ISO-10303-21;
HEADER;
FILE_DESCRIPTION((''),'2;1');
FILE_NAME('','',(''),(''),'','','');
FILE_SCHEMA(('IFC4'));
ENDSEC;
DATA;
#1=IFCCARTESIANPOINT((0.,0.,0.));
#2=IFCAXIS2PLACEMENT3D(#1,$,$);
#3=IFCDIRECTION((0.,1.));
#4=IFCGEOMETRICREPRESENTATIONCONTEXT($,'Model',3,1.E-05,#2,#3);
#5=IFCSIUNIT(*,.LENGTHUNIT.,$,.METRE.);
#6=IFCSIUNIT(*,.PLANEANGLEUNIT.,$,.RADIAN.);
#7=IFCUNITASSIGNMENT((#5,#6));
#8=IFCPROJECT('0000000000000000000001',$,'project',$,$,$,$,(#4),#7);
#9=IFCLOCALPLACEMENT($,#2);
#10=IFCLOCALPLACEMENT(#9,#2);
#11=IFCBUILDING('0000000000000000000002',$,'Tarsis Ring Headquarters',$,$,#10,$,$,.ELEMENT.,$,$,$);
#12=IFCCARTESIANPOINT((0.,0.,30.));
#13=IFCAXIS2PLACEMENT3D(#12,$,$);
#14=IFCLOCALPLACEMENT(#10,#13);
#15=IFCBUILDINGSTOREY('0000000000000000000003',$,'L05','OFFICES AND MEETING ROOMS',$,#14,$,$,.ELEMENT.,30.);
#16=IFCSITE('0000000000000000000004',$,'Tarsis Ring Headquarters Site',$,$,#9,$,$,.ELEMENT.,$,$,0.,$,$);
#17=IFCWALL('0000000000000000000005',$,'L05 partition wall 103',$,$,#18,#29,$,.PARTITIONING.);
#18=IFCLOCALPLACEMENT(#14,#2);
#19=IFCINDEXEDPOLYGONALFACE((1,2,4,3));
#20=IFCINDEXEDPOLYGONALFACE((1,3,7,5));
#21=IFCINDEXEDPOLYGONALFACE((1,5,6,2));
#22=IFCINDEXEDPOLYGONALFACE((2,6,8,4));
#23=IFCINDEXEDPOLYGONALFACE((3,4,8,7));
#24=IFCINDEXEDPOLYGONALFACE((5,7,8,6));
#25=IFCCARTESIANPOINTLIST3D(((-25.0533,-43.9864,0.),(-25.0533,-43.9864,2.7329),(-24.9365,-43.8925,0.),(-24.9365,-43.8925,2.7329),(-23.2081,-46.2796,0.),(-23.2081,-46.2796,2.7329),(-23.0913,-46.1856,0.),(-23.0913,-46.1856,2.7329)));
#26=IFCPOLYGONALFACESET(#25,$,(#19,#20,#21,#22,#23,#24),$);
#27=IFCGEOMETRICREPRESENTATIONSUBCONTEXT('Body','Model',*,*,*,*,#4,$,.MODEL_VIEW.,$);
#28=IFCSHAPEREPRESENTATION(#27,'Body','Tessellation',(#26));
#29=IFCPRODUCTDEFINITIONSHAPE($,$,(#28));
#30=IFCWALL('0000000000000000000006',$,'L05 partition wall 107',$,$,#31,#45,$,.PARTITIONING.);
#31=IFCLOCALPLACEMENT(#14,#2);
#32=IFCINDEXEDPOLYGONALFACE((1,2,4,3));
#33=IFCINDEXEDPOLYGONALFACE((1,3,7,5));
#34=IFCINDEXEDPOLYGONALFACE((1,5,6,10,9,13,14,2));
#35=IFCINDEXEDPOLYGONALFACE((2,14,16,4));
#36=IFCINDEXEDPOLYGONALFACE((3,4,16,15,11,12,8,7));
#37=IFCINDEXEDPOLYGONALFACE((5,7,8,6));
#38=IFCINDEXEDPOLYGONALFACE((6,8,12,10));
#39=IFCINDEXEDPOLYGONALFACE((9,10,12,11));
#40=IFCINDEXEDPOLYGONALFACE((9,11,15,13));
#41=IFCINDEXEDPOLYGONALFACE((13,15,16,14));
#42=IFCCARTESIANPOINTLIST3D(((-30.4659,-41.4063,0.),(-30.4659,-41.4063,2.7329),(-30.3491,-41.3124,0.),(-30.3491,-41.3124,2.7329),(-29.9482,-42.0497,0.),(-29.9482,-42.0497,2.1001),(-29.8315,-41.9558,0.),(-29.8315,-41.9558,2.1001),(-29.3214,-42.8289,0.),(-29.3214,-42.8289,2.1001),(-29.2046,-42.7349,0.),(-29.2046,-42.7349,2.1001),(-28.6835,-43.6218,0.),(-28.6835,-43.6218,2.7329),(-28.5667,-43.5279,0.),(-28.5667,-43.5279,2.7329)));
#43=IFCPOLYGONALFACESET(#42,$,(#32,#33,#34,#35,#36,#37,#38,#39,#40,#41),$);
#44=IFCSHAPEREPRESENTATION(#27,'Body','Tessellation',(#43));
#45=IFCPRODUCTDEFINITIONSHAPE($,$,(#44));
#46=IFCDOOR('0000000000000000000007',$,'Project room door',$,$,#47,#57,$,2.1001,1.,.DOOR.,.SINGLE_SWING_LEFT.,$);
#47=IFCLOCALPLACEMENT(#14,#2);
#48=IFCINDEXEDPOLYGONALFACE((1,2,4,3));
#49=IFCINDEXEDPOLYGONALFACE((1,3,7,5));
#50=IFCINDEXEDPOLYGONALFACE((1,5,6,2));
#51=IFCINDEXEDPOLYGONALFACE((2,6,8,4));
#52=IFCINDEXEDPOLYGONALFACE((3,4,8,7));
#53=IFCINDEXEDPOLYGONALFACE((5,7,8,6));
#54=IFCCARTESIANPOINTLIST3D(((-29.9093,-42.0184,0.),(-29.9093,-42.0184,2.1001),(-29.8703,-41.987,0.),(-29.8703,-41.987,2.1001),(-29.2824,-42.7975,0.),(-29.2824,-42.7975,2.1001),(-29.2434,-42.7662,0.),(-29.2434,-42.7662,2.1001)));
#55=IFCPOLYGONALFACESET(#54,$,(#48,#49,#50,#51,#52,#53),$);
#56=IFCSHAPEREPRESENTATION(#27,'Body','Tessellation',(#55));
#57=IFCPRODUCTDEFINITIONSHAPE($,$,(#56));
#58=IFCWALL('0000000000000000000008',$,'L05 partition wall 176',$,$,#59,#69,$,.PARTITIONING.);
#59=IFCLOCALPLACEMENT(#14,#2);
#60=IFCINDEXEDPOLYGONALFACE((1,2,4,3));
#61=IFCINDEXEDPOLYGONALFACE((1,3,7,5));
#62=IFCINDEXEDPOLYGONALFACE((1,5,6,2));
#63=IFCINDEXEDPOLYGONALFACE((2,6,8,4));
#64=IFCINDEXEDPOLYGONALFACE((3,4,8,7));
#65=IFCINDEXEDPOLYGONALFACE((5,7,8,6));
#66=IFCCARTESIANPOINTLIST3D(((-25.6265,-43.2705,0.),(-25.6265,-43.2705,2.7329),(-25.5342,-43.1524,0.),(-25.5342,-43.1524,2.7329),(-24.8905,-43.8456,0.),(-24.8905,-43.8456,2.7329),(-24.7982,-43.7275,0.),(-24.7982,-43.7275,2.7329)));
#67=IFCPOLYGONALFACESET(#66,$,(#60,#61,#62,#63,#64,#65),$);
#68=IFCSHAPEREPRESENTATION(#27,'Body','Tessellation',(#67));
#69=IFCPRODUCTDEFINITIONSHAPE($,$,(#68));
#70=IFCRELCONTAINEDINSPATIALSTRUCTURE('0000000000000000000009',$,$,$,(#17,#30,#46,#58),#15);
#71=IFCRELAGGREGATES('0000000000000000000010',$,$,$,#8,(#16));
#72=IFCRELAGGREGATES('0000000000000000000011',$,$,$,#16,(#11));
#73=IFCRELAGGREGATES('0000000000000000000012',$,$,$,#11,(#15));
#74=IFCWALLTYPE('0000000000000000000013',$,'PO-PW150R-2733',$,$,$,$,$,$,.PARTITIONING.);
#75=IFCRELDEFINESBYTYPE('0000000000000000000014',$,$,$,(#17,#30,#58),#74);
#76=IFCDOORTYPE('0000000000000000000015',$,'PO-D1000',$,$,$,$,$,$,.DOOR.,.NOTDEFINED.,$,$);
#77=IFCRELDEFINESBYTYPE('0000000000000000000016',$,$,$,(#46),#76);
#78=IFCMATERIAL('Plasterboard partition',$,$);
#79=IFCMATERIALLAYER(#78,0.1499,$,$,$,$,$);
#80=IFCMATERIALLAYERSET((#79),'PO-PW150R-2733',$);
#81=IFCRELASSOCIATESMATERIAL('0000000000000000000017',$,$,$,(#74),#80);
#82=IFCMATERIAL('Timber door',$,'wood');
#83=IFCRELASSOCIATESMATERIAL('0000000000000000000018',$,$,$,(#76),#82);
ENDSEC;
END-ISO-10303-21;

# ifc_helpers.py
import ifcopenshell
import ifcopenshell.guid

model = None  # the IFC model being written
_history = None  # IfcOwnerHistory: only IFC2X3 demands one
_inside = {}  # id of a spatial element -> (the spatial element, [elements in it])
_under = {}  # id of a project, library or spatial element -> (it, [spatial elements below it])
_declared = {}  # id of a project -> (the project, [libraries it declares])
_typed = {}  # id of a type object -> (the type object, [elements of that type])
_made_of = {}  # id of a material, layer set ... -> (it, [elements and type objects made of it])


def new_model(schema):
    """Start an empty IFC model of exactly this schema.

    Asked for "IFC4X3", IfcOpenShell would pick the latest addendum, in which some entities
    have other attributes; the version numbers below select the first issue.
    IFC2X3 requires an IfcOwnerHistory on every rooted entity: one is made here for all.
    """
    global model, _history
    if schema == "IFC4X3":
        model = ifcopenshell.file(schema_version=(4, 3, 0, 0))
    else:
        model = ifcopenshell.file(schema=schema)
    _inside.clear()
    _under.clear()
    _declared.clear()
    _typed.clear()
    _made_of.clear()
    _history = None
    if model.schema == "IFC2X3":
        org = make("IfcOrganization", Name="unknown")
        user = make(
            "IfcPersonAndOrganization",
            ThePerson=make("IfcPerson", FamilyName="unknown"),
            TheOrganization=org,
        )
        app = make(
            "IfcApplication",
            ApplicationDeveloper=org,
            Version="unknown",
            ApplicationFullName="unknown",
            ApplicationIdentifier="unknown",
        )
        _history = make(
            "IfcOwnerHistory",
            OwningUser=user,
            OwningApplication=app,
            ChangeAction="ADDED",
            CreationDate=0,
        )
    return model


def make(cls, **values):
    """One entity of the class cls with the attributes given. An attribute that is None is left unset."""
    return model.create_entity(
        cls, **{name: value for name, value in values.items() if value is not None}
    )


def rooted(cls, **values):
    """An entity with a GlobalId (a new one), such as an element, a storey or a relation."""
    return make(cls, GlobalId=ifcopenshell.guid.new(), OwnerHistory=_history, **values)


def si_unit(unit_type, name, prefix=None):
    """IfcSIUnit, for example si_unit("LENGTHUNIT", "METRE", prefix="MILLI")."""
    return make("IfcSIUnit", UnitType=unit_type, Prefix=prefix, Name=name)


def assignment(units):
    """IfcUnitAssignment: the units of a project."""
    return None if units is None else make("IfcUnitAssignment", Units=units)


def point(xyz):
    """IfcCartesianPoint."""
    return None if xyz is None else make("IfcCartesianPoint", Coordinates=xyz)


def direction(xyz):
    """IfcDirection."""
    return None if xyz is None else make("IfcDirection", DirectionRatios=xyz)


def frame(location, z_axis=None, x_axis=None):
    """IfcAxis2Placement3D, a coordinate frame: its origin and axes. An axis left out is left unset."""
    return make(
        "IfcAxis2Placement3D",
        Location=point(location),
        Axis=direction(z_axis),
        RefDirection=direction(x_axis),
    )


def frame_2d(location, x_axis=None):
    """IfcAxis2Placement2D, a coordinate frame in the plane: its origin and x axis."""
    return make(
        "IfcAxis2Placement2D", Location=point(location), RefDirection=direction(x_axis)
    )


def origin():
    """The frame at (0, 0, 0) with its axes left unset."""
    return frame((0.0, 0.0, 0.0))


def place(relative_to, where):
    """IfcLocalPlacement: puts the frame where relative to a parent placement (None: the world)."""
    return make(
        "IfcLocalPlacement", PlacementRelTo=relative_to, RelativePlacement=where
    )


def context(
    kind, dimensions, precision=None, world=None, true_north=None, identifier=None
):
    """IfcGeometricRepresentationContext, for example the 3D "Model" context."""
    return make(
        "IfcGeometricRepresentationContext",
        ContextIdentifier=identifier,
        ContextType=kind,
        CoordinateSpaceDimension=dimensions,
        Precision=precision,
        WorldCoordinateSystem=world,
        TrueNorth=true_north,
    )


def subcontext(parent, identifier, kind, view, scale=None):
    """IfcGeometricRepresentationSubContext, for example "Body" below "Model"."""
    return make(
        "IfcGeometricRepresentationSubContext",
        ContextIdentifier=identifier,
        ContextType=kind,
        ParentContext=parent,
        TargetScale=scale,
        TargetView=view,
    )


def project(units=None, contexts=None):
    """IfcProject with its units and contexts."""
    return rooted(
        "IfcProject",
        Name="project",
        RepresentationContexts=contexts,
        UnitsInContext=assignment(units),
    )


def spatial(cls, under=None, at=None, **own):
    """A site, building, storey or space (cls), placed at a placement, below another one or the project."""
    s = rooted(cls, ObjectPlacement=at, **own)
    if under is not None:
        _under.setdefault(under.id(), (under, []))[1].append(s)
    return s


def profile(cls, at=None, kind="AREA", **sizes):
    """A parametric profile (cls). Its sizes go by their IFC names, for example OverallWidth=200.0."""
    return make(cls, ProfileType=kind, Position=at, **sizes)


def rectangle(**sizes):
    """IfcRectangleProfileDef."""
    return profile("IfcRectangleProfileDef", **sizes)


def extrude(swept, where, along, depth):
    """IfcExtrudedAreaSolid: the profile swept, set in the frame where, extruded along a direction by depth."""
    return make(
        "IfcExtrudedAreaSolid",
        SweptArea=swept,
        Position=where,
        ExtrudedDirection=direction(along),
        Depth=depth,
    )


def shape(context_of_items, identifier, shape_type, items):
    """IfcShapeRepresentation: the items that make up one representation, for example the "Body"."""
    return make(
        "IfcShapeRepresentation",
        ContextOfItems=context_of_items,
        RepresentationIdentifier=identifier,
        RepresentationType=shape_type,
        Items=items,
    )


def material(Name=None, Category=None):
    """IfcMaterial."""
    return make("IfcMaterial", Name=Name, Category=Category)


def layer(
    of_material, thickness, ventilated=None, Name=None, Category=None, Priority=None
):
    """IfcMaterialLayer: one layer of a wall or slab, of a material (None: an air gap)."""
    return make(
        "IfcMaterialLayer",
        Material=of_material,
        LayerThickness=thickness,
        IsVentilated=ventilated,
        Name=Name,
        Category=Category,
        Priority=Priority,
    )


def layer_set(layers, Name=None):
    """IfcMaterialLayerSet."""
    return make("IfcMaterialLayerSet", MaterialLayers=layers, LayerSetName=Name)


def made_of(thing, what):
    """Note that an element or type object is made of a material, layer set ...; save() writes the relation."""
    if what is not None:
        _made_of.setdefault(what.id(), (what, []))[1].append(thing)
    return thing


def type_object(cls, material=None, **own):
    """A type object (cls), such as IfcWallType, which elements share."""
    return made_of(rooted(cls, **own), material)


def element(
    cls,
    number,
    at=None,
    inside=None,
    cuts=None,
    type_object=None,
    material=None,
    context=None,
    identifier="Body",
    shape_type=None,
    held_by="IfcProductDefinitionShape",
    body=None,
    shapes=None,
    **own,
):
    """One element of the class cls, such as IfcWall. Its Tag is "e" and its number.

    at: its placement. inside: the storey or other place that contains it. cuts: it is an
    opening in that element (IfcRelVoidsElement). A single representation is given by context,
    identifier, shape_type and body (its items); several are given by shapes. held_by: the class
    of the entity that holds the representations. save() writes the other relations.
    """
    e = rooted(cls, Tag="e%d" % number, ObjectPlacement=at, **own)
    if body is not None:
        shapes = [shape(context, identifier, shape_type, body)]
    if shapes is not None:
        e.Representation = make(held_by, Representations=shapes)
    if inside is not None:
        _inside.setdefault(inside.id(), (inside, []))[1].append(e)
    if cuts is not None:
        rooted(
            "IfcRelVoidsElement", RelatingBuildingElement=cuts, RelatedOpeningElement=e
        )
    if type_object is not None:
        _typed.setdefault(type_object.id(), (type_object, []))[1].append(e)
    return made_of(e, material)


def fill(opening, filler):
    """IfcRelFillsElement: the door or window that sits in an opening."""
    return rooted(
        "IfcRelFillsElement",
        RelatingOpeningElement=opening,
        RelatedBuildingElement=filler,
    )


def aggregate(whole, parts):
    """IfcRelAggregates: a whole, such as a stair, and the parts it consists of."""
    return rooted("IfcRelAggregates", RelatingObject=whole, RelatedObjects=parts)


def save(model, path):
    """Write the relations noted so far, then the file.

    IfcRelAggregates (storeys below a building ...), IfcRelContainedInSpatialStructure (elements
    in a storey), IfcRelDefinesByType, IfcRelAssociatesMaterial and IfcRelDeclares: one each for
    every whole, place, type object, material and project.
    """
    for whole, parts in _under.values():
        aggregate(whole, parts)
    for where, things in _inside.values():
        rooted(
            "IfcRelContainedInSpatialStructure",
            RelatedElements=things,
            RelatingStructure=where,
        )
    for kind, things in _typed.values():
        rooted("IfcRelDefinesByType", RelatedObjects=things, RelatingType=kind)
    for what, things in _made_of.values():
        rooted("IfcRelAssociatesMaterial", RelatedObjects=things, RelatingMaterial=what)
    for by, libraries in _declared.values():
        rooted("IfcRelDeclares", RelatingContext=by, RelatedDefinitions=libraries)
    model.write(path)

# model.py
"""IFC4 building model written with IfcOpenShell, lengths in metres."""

from ifc_helpers import new_model, si_unit, direction, frame, frame_2d, origin, place, context, subcontext, project, spatial, rectangle, extrude, material, layer, layer_set, type_object, element, fill, save


model = new_model("IFC4")

# Units and contexts
model_context = context("Model", 3, precision=1e-05, world=origin(), true_north=direction((0.0, 1.0)))
body_context = subcontext(model_context, "Body", "Model", "MODEL_VIEW")
ifc_project = project(units=[si_unit("LENGTHUNIT", "METRE"), si_unit("PLANEANGLEUNIT", "RADIAN")], contexts=[model_context])

# Site, building, storey
site_placement = place(None, origin())
site = spatial("IfcSite", under=ifc_project, at=site_placement, Name="Tarsis Ring Headquarters Site", CompositionType="ELEMENT", RefElevation=0.0)
building_placement = place(site_placement, origin())
building = spatial("IfcBuilding", under=site, at=building_placement, Name="Tarsis Ring Headquarters", CompositionType="ELEMENT")
storey_placement = place(building_placement, frame((0.0, 0.0, 30.0)))
storey = spatial("IfcBuildingStorey", under=building, at=storey_placement, Name="L05", Description="OFFICES AND MEETING ROOMS", CompositionType="ELEMENT", Elevation=30.0)

# Shared definitions
ifc_material_1 = material(Name="Plasterboard partition")
ifc_material_2 = material(Name="Timber door", Category="wood")

# Shared definitions
ifc_layer_1 = layer(ifc_material_1, 0.1499)
ifc_layer_set_1 = layer_set([ifc_layer_1], Name="PO-PW150R-2733")
wall_type_1 = type_object("IfcWallType", Name="PO-PW150R-2733", PredefinedType="PARTITIONING", material=ifc_layer_set_1)

# Wall
wall_1_placement = place(storey_placement, frame((-24.9949, -43.9395, 0.0), z_axis=(0.0, 0.0, 1.0), x_axis=(0.626898, -0.779102, 0.0)))
element("IfcWall", 1, at=wall_1_placement, inside=storey, type_object=wall_type_1, Name="L05 partition wall 103", PredefinedType="PARTITIONING", context=body_context, shape_type="SweptSolid", body=[
    extrude(rectangle(XDim=2.9434, YDim=0.1499, at=frame_2d((1.4717, 0.0))), origin(), (0.0, 0.0, 1.0), 2.7329),
])

# Wall, opening, door
wall_2_placement = place(storey_placement, frame((-28.625, -43.575, 0.0), z_axis=(0.0, 0.0, 1.0), x_axis=(-0.626839, 0.779149, 0.0)))
wall_2 = element("IfcWall", 2, at=wall_2_placement, inside=storey, type_object=wall_type_1, Name="L05 partition wall 107", PredefinedType="PARTITIONING", context=body_context, shape_type="SweptSolid", body=[
    extrude(rectangle(XDim=2.8435, YDim=0.1499, at=frame_2d((1.4219, 0.0))), origin(), (0.0, 0.0, 1.0), 2.7329),
])
opening_1_placement = place(wall_2_placement, frame((1.0178, 0.0, 0.0)))
opening_1 = element("IfcOpeningElement", 3, at=opening_1_placement, cuts=wall_2, PredefinedType="OPENING", context=body_context, shape_type="SweptSolid", body=[
    extrude(rectangle(XDim=1.0, YDim=2.1001, at=frame_2d((0.5, 1.05))), frame((0.0, 0.085, 0.0), z_axis=(0.0, -1.0, 0.0), x_axis=(1.0, 0.0, 0.0)), (0.0, 0.0, 1.0), 0.1699),
])
door_type_1 = type_object("IfcDoorType", Name="PO-D1000", OperationType="NOTDEFINED", PredefinedType="DOOR", material=ifc_material_2)
door_1_placement = place(opening_1_placement, origin())
door_1 = element("IfcDoor", 4, at=door_1_placement, inside=storey, type_object=door_type_1, Name="Project room door", OperationType="SINGLE_SWING_LEFT", OverallHeight=2.1001, OverallWidth=1.0, PredefinedType="DOOR", context=body_context, shape_type="SweptSolid", body=[
    extrude(rectangle(XDim=1.0, YDim=2.1001, at=frame_2d((0.5, 1.05))), frame((0.0, 0.0249, 0.0), z_axis=(0.0, -1.0, 0.0), x_axis=(1.0, 0.0, 0.0)), (0.0, 0.0, 1.0), 0.05),
])
fill(opening_1, door_1)

# Wall
wall_3_placement = place(storey_placement, frame((-25.5803, -43.2114, 0.0), z_axis=(0.0, 0.0, 1.0), x_axis=(0.787957, -0.61573, 0.0)))
element("IfcWall", 5, at=wall_3_placement, inside=storey, type_object=wall_type_1, Name="L05 partition wall 176", PredefinedType="PARTITIONING", context=body_context, shape_type="SweptSolid", body=[
    extrude(rectangle(XDim=0.9341, YDim=0.1499, at=frame_2d((0.467, 0.0))), origin(), (0.0, 0.0, 1.0), 2.7329),
])

save(model, "model.ifc")
